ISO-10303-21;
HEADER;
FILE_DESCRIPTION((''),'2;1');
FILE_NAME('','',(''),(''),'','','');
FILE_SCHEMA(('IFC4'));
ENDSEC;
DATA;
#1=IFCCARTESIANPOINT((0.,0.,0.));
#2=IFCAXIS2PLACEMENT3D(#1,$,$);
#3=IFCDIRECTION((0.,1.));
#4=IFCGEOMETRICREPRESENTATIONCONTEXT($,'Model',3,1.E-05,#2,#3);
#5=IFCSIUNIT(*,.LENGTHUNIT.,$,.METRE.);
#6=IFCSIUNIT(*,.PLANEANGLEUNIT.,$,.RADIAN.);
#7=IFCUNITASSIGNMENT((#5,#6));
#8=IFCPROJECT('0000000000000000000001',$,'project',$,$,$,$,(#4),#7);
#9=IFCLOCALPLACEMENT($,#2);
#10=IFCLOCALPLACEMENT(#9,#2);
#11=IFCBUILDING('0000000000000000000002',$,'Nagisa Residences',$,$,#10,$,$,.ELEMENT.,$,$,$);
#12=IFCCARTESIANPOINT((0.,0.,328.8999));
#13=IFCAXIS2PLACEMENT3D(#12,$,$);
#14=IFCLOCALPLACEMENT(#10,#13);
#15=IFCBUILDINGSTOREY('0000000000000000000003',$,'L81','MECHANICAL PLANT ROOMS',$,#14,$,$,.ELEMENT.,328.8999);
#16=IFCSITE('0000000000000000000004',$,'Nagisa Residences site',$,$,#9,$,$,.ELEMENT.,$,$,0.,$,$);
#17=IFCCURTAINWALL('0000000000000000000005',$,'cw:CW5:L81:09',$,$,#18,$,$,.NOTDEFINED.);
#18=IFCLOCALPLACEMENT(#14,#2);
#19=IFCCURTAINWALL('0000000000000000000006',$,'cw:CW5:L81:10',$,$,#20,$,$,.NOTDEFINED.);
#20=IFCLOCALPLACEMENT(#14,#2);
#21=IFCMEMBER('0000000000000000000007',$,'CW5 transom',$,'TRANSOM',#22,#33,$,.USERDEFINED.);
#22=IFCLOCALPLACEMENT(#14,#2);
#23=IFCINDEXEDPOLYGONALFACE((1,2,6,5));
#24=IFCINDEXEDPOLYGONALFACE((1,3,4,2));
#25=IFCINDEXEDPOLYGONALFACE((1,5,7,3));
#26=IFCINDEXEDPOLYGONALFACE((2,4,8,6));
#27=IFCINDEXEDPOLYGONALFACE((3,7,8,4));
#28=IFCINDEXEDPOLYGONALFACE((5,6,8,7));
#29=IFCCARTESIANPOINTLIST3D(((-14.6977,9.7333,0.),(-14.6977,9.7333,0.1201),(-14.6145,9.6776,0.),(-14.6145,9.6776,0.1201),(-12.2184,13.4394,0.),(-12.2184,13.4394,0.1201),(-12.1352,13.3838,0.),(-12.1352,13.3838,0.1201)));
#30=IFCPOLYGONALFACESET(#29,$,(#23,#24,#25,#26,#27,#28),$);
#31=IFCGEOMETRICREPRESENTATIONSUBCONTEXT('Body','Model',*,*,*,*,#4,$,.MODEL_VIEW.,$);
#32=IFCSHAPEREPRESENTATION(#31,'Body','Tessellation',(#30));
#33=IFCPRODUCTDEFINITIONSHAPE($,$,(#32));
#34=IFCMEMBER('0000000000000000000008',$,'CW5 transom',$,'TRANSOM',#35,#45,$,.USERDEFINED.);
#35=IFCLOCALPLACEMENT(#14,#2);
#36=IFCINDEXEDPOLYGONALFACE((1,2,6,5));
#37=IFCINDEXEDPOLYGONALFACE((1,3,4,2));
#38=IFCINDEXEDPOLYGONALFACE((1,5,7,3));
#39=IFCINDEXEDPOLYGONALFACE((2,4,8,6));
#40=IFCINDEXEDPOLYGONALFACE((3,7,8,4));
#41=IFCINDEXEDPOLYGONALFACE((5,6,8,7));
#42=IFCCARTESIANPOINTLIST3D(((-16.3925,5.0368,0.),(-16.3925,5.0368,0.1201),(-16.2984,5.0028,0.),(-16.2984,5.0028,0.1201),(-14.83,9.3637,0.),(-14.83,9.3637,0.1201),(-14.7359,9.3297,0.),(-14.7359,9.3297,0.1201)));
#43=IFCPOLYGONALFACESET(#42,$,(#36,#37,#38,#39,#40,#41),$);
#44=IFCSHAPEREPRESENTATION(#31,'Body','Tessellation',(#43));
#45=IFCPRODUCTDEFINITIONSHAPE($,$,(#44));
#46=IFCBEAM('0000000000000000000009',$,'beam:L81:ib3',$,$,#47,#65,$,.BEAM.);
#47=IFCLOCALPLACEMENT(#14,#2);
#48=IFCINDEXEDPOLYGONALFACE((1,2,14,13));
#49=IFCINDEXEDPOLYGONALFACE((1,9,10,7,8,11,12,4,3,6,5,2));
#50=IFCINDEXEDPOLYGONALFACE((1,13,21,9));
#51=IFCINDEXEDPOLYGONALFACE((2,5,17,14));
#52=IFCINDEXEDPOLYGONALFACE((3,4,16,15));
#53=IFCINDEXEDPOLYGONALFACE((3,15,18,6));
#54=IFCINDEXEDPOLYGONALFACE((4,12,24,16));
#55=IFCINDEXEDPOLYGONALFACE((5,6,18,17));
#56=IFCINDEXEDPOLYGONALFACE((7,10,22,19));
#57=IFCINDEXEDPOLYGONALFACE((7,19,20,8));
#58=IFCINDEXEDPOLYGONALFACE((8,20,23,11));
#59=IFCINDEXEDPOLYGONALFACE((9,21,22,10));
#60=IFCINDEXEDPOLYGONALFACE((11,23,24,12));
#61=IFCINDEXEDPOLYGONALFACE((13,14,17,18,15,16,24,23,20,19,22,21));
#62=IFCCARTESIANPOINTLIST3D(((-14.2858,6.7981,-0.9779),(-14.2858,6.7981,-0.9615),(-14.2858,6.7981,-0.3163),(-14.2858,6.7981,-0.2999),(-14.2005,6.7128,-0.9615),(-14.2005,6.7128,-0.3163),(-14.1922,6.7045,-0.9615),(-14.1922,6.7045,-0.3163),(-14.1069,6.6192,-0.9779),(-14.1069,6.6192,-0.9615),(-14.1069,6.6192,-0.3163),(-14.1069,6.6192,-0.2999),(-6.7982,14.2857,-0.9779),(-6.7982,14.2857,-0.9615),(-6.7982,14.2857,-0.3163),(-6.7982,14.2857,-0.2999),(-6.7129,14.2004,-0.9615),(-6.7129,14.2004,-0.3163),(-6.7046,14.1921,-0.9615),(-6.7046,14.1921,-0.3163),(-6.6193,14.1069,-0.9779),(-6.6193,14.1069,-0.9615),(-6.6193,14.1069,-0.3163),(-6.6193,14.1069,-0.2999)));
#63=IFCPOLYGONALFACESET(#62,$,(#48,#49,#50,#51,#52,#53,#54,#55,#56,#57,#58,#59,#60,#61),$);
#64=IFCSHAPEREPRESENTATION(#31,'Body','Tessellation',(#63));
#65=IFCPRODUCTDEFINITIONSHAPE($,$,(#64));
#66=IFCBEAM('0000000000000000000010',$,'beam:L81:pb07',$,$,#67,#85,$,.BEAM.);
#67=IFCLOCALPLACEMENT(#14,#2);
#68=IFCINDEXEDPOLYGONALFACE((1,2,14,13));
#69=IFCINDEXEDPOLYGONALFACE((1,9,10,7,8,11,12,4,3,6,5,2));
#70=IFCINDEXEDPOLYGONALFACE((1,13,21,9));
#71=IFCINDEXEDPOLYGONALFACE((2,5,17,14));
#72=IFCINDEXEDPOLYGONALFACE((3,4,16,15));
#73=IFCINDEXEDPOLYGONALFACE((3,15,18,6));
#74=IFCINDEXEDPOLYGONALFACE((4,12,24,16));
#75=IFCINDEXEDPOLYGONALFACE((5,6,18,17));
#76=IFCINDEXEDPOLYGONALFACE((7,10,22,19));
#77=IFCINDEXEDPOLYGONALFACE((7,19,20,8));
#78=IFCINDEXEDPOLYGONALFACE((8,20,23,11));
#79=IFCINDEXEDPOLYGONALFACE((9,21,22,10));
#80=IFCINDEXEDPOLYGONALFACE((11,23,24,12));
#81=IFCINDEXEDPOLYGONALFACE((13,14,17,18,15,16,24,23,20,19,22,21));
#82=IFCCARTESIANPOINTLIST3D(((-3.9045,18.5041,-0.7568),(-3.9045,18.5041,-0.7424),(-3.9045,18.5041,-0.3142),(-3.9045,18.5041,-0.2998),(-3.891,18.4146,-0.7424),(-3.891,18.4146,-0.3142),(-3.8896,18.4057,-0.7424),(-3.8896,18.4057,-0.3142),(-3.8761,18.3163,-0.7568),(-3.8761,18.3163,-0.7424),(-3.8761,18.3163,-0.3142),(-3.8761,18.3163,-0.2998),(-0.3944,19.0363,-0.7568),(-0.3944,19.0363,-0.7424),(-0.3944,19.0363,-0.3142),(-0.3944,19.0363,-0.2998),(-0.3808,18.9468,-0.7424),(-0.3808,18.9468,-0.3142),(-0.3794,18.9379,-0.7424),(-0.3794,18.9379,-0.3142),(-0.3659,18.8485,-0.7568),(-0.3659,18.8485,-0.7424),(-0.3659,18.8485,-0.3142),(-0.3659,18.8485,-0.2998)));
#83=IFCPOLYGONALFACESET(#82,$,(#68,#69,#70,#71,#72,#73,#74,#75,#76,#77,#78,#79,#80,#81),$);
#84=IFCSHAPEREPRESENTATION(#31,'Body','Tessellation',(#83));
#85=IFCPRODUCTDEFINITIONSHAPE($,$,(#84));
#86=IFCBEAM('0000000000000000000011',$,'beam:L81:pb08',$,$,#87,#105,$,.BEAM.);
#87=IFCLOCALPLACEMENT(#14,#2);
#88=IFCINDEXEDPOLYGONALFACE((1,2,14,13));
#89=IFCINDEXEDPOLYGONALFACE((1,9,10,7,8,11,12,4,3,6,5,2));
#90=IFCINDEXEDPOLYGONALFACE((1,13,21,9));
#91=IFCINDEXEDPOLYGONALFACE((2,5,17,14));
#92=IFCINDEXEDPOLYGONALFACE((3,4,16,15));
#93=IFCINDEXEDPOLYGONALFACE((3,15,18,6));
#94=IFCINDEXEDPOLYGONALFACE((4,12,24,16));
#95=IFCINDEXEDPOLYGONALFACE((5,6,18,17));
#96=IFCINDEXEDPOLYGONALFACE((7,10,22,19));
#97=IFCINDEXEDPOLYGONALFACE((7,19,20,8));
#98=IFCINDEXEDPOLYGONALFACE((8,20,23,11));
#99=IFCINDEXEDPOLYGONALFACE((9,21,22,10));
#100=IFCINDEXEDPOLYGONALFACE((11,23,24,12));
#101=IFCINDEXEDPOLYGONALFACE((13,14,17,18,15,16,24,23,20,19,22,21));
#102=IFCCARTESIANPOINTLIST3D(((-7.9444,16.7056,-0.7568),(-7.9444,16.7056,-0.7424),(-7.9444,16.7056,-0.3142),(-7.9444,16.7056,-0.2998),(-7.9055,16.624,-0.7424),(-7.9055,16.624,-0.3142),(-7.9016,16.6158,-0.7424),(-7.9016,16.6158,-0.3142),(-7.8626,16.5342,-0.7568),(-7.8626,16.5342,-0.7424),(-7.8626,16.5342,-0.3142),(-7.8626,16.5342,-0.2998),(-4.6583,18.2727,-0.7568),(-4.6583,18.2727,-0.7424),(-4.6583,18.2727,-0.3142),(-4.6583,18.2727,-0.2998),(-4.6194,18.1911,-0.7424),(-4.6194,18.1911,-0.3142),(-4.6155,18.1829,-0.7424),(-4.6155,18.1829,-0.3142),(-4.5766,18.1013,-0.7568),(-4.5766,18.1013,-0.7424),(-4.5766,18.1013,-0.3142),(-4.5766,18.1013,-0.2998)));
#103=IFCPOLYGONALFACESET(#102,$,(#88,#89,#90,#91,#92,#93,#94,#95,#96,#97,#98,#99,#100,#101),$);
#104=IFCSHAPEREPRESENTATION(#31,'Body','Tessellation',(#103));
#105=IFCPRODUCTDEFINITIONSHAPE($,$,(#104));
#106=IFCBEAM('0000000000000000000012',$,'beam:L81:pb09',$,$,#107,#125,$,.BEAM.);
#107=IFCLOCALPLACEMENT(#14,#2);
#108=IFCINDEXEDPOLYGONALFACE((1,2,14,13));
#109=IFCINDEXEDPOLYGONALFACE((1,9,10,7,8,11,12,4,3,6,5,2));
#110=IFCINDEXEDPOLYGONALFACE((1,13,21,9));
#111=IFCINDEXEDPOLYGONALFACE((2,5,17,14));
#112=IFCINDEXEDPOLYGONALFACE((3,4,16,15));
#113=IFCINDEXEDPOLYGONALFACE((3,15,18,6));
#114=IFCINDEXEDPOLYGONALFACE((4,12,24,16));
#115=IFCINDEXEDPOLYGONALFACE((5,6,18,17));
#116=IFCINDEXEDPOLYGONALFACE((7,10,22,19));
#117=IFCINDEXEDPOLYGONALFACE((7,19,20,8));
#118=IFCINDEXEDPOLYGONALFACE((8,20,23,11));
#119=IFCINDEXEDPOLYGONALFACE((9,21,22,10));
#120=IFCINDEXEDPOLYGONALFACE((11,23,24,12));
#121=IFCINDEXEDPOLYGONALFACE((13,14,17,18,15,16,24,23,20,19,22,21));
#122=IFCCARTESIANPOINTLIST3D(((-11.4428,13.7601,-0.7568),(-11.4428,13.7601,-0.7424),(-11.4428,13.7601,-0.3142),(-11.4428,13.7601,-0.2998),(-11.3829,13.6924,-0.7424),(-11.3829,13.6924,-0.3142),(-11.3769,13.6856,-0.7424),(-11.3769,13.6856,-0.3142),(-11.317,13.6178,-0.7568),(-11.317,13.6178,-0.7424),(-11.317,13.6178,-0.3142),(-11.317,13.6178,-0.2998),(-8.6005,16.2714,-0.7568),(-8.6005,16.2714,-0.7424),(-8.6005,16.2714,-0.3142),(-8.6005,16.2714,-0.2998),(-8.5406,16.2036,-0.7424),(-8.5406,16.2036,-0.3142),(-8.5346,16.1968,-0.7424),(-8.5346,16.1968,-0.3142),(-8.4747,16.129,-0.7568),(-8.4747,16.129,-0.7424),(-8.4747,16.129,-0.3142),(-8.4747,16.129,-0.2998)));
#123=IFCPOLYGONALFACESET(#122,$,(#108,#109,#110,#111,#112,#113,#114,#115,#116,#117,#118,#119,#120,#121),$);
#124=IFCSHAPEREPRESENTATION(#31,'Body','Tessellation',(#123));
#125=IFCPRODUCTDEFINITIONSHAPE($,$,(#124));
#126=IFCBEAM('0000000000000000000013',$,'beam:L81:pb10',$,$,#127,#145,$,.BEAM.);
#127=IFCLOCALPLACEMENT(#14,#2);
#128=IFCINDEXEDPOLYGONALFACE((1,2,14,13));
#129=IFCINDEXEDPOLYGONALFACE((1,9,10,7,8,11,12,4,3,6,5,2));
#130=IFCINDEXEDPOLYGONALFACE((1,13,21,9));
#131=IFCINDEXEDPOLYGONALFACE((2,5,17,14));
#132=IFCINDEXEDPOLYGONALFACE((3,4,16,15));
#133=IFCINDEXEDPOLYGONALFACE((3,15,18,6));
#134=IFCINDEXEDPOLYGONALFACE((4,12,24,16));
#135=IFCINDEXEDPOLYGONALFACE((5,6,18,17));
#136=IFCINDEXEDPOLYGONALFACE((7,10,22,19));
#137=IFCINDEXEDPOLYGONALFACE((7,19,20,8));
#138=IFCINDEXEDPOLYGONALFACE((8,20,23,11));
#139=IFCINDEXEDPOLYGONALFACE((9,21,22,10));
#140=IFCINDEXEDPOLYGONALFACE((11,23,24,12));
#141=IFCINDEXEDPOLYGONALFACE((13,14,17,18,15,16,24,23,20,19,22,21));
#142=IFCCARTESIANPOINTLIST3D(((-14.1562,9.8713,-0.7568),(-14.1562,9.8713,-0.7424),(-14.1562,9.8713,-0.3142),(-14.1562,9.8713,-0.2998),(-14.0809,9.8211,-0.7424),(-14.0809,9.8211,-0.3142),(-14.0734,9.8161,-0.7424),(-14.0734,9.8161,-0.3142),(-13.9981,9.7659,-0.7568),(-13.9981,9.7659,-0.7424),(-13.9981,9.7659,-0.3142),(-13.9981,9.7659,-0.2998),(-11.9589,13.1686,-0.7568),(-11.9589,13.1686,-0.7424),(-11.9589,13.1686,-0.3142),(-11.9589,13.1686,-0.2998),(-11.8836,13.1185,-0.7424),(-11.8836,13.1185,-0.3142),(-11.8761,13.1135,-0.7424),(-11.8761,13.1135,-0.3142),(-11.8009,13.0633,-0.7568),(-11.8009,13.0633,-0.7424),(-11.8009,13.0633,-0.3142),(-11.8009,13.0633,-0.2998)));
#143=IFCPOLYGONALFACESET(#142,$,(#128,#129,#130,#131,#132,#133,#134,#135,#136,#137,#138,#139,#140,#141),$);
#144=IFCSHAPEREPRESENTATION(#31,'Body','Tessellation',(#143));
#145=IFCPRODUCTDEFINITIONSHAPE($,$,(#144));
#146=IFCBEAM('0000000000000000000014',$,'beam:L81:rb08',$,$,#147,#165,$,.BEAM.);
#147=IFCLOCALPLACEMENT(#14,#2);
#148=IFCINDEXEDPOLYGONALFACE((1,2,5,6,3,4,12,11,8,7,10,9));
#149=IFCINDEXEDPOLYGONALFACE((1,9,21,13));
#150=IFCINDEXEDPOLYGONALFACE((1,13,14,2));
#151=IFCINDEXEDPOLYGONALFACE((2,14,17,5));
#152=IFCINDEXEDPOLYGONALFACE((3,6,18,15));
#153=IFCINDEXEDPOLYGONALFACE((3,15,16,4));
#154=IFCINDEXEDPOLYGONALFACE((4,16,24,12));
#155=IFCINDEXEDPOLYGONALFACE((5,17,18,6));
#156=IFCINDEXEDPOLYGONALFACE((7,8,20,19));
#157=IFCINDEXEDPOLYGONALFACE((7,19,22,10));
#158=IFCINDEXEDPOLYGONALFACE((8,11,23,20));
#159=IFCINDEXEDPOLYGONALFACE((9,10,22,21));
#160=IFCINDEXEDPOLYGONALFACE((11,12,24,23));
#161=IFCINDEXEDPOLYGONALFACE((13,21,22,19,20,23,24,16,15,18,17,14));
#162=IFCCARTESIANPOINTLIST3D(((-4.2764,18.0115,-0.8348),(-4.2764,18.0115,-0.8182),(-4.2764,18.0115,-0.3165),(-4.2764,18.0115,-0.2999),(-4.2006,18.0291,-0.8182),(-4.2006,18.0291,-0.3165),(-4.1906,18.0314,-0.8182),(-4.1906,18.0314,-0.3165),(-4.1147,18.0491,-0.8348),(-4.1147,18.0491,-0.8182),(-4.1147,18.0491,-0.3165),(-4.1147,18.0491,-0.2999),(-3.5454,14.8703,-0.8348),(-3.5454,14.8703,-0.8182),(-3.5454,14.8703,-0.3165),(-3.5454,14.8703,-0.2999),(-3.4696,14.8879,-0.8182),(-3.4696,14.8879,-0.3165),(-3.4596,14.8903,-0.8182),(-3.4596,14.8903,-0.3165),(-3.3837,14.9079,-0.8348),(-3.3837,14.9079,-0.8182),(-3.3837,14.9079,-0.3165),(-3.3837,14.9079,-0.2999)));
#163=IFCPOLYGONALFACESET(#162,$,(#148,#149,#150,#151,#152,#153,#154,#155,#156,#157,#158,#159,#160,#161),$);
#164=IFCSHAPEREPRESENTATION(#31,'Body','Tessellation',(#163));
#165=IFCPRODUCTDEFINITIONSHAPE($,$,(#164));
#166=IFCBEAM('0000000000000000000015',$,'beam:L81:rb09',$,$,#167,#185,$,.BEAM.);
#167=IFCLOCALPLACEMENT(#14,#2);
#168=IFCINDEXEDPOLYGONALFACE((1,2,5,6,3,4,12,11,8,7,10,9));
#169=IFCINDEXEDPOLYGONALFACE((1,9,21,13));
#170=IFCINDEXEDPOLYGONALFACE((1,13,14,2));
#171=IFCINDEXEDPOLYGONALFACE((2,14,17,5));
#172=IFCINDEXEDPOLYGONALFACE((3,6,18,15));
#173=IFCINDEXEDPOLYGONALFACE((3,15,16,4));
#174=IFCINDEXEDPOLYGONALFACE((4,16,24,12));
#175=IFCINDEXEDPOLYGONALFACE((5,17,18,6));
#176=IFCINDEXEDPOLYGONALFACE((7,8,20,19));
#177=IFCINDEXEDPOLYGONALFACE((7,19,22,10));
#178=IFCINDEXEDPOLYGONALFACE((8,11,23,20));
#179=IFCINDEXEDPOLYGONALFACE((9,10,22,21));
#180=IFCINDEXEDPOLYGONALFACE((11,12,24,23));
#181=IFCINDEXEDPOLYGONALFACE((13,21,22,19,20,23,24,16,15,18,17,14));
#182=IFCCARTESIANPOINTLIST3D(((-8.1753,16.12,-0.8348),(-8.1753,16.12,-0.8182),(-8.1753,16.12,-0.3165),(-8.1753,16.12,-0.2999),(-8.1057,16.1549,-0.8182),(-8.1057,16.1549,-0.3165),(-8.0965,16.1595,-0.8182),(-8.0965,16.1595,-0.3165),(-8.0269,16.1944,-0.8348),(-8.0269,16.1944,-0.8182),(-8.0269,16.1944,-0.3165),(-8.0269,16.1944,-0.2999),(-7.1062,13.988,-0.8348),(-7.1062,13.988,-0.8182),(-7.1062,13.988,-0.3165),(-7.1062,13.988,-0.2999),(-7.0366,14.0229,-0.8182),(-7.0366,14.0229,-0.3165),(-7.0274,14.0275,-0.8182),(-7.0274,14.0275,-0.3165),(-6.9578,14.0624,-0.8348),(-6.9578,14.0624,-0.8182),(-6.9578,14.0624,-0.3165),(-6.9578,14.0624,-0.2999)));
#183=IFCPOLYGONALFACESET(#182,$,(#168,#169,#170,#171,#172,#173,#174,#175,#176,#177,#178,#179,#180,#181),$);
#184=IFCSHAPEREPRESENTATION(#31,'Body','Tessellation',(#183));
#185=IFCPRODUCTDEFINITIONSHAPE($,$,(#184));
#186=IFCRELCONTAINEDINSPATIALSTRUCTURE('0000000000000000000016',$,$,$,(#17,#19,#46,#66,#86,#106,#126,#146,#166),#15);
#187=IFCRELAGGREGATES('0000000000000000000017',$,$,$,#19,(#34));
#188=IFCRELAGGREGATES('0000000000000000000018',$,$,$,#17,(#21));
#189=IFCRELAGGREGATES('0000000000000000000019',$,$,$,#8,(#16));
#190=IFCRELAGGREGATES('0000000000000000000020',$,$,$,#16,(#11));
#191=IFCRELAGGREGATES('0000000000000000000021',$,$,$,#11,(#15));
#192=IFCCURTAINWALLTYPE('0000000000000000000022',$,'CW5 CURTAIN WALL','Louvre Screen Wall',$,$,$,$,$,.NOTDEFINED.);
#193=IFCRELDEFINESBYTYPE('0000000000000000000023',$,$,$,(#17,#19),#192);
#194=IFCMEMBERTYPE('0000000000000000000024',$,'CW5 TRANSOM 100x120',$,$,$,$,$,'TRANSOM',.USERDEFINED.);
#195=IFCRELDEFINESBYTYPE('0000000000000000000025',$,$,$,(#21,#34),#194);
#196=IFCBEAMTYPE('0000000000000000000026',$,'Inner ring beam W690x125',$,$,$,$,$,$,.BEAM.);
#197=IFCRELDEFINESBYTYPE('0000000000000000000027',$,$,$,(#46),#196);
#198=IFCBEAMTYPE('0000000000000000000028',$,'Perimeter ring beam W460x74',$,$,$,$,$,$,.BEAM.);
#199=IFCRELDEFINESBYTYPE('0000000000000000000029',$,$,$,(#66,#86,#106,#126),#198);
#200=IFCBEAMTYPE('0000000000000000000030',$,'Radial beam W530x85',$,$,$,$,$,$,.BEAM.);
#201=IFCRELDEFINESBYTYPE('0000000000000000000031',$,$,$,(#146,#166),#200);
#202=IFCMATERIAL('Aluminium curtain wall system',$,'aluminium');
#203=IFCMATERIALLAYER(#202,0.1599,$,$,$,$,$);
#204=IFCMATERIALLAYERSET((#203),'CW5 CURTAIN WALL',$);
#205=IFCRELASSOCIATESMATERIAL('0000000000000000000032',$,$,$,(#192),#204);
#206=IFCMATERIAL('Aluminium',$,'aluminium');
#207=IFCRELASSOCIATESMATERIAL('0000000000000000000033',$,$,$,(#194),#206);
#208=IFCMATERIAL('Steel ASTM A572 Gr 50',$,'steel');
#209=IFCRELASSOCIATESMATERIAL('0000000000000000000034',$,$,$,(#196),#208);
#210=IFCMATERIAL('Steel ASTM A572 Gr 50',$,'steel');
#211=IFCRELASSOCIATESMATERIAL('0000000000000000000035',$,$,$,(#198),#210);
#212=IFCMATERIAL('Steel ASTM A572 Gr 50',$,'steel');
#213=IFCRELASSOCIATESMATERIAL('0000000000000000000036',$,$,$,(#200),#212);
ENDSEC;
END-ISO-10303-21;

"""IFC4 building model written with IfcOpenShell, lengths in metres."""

from ifc_helpers import new_model, si_unit, direction, frame, origin, origin_2d, place, context, subcontext, project, spatial, rectangle, i_section, extrude, material, layer, layer_set, material_profile, profile_set, type_object, element, aggregate, save


model = new_model("IFC4")

# Units and contexts
model_context = context("Model", 3, precision=1e-05, world=origin(), true_north=direction((0.0, 1.0)))
body_context = subcontext(model_context, "Body", "Model", "MODEL_VIEW")
ifc_project = project(units=[si_unit("LENGTHUNIT", "METRE"), si_unit("PLANEANGLEUNIT", "RADIAN")], contexts=[model_context])

# Site, building, storey
site_placement = place(None, origin())
site = spatial("IfcSite", under=ifc_project, at=site_placement, Name="Nagisa Residences site", CompositionType="ELEMENT", RefElevation=0.0)
building_placement = place(site_placement, origin())
building = spatial("IfcBuilding", under=site, at=building_placement, Name="Nagisa Residences", CompositionType="ELEMENT")
storey_placement = place(building_placement, frame((0.0, 0.0, 328.8999)))
storey = spatial("IfcBuildingStorey", under=building, at=storey_placement, Name="L81", Description="MECHANICAL PLANT ROOMS", CompositionType="ELEMENT", Elevation=328.8999)

# Curtain walls
ifc_material_1 = material(Name="Aluminium curtain wall system", Category="aluminium")
ifc_layer_1 = layer(ifc_material_1, 0.1599)
ifc_layer_set_1 = layer_set([ifc_layer_1], Name="CW5 CURTAIN WALL")
curtain_wall_type = type_object("IfcCurtainWallType", Name="CW5 CURTAIN WALL", Description="Louvre Screen Wall", PredefinedType="NOTDEFINED", material=ifc_layer_set_1)
curtain_wall_1_placement = place(storey_placement, origin())
curtain_wall_1 = element("IfcCurtainWall", 1, at=curtain_wall_1_placement, inside=storey, type_object=curtain_wall_type, Name="cw:CW5:L81:09", PredefinedType="NOTDEFINED")
curtain_wall_2_placement = place(storey_placement, origin())
curtain_wall_2 = element("IfcCurtainWall", 2, at=curtain_wall_2_placement, inside=storey, type_object=curtain_wall_type, Name="cw:CW5:L81:10", PredefinedType="NOTDEFINED")

# Members
ifc_material_2 = material(Name="Aluminium", Category="aluminium")
ifc_material_profile_1 = material_profile(ifc_material_2, rectangle(XDim=0.1001, YDim=0.1201, at=origin_2d()), Name="CW5 TRANSOM 100x120")
ifc_profile_set_1 = profile_set([ifc_material_profile_1], Name="Aluminium")
member_type_1 = type_object("IfcMemberType", Name="CW5 TRANSOM 100x120", ElementType="TRANSOM", PredefinedType="USERDEFINED", material=ifc_profile_set_1)
member_1_placement = place(storey_placement, frame((-12.1768, 13.4116, 0.0601), z_axis=(-0.556026, -0.831165, 0.0), x_axis=(0.831165, -0.556026, 0.0)))
member_1 = element("IfcMember", 3, at=member_1_placement, type_object=member_type_1, Name="CW5 transom", ObjectType="TRANSOM", PredefinedType="USERDEFINED", context=body_context, shape_type="SweptSolid", body=[
    extrude(rectangle(XDim=0.1001, YDim=0.1201, at=origin_2d()), origin(), (0.0, 0.0, 1.0), 4.459),
])
member_2_placement = place(storey_placement, frame((-14.783, 9.3467, 0.0601), z_axis=(-0.339646, -0.940553, 0.0), x_axis=(0.940553, -0.339646, 0.0)))
member_2 = element("IfcMember", 4, at=member_2_placement, type_object=member_type_1, Name="CW5 transom", ObjectType="TRANSOM", PredefinedType="USERDEFINED", context=body_context, shape_type="SweptSolid", body=[
    extrude(rectangle(XDim=0.1001, YDim=0.1201, at=origin_2d()), origin(), (0.0, 0.0, 1.0), 4.6003),
])
aggregate(curtain_wall_2, [member_2])

# Beams
ifc_material_3 = material(Name="Steel ASTM A572 Gr 50", Category="steel")
ifc_material_profile_2 = material_profile(ifc_material_3, i_section(OverallWidth=0.2529, OverallDepth=0.678, WebThickness=0.0117, FlangeThickness=0.0164, at=origin_2d()), Name="W690x125")
ifc_profile_set_2 = profile_set([ifc_material_profile_2], Name="Steel ASTM A572 Gr 50")
beam_type_1 = type_object("IfcBeamType", Name="Inner ring beam W690x125", PredefinedType="BEAM", material=ifc_profile_set_2)
beam_1_placement = place(storey_placement, frame((-6.7087, 14.1963, -0.6389), z_axis=(-0.707107, -0.707107, 0.0), x_axis=(0.707107, -0.707107, 0.0)))
element("IfcBeam", 5, at=beam_1_placement, inside=storey, type_object=beam_type_1, Name="beam:L81:ib3", PredefinedType="BEAM", context=body_context, shape_type="SweptSolid", body=[
    extrude(i_section(OverallWidth=0.2529, OverallDepth=0.678, WebThickness=0.0117, FlangeThickness=0.0164, at=origin_2d()), origin(), (0.0, 0.0, 1.0), 10.5891),
])
ifc_material_4 = material(Name="Steel ASTM A572 Gr 50", Category="steel")
ifc_material_profile_3 = material_profile(ifc_material_4, i_section(OverallWidth=0.1899, OverallDepth=0.457, WebThickness=0.009, FlangeThickness=0.0144, at=origin_2d()), Name="W460x74")
ifc_profile_set_3 = profile_set([ifc_material_profile_3], Name="Steel ASTM A572 Gr 50")
beam_type_2 = type_object("IfcBeamType", Name="Perimeter ring beam W460x74", PredefinedType="BEAM", material=ifc_profile_set_3)
beam_2_placement = place(storey_placement, frame((-0.3801, 18.9424, -0.5283), z_axis=(-0.9887, -0.149907, 0.0), x_axis=(0.149907, -0.9887, 0.0)))
element("IfcBeam", 6, at=beam_2_placement, inside=storey, type_object=beam_type_2, Name="beam:L81:pb07", PredefinedType="BEAM", context=body_context, shape_type="SweptSolid", body=[
    extrude(i_section(OverallWidth=0.1899, OverallDepth=0.457, WebThickness=0.009, FlangeThickness=0.0144, at=origin_2d()), origin(), (0.0, 0.0, 1.0), 3.5503),
])
beam_3_placement = place(storey_placement, frame((-4.6174, 18.187, -0.5283), z_axis=(-0.902614, -0.430452, 0.0), x_axis=(0.430452, -0.902614, 0.0)))
element("IfcBeam", 7, at=beam_3_placement, inside=storey, type_object=beam_type_2, Name="beam:L81:pb08", PredefinedType="BEAM", context=body_context, shape_type="SweptSolid", body=[
    extrude(i_section(OverallWidth=0.1899, OverallDepth=0.457, WebThickness=0.009, FlangeThickness=0.0144, at=origin_2d()), origin(), (0.0, 0.0, 1.0), 3.6406),
])
beam_4_placement = place(storey_placement, frame((-8.5376, 16.2002, -0.5283), z_axis=(-0.749402, -0.662115, 0.0), x_axis=(0.662115, -0.749402, 0.0)))
element("IfcBeam", 8, at=beam_4_placement, inside=storey, type_object=beam_type_2, Name="beam:L81:pb09", PredefinedType="BEAM", context=body_context, shape_type="SweptSolid", body=[
    extrude(i_section(OverallWidth=0.1899, OverallDepth=0.457, WebThickness=0.009, FlangeThickness=0.0144, at=origin_2d()), origin(), (0.0, 0.0, 1.0), 3.7927),
])
beam_5_placement = place(storey_placement, frame((-11.8799, 13.116, -0.5283), z_axis=(-0.55453, -0.832164, 0.0), x_axis=(0.832164, -0.55453, 0.0)))
element("IfcBeam", 9, at=beam_5_placement, inside=storey, type_object=beam_type_2, Name="beam:L81:pb10", PredefinedType="BEAM", context=body_context, shape_type="SweptSolid", body=[
    extrude(i_section(OverallWidth=0.1899, OverallDepth=0.457, WebThickness=0.009, FlangeThickness=0.0144, at=origin_2d()), origin(), (0.0, 0.0, 1.0), 3.9624),
])
ifc_material_5 = material(Name="Steel ASTM A572 Gr 50", Category="steel")
ifc_material_profile_4 = material_profile(ifc_material_5, i_section(OverallWidth=0.166, OverallDepth=0.5349, WebThickness=0.0103, FlangeThickness=0.0166, at=origin_2d()), Name="W530x85")
ifc_profile_set_4 = profile_set([ifc_material_profile_4], Name="Steel ASTM A572 Gr 50")
beam_type_3 = type_object("IfcBeamType", Name="Radial beam W530x85", PredefinedType="BEAM", material=ifc_profile_set_4)
beam_6_placement = place(storey_placement, frame((-4.1956, 18.0303, -0.5674), z_axis=(0.22665, -0.973976, 0.0), x_axis=(0.973976, 0.22665, 0.0)))
element("IfcBeam", 10, at=beam_6_placement, inside=storey, type_object=beam_type_3, Name="beam:L81:rb08", PredefinedType="BEAM", context=body_context, shape_type="SweptSolid", body=[
    extrude(i_section(OverallWidth=0.166, OverallDepth=0.5349, WebThickness=0.0103, FlangeThickness=0.0166, at=origin_2d()), origin(), (0.0, 0.0, 1.0), 3.2251),
])
beam_7_placement = place(storey_placement, frame((-8.1011, 16.1572, -0.5674), z_axis=(0.448237, -0.893915, 0.0), x_axis=(0.893915, 0.448237, 0.0)))
element("IfcBeam", 11, at=beam_7_placement, inside=storey, type_object=beam_type_3, Name="beam:L81:rb09", PredefinedType="BEAM", context=body_context, shape_type="SweptSolid", body=[
    extrude(i_section(OverallWidth=0.166, OverallDepth=0.5349, WebThickness=0.0103, FlangeThickness=0.0166, at=origin_2d()), origin(), (0.0, 0.0, 1.0), 2.385),
])

aggregate(curtain_wall_1, [member_1])

save(model, "model.ifc")
